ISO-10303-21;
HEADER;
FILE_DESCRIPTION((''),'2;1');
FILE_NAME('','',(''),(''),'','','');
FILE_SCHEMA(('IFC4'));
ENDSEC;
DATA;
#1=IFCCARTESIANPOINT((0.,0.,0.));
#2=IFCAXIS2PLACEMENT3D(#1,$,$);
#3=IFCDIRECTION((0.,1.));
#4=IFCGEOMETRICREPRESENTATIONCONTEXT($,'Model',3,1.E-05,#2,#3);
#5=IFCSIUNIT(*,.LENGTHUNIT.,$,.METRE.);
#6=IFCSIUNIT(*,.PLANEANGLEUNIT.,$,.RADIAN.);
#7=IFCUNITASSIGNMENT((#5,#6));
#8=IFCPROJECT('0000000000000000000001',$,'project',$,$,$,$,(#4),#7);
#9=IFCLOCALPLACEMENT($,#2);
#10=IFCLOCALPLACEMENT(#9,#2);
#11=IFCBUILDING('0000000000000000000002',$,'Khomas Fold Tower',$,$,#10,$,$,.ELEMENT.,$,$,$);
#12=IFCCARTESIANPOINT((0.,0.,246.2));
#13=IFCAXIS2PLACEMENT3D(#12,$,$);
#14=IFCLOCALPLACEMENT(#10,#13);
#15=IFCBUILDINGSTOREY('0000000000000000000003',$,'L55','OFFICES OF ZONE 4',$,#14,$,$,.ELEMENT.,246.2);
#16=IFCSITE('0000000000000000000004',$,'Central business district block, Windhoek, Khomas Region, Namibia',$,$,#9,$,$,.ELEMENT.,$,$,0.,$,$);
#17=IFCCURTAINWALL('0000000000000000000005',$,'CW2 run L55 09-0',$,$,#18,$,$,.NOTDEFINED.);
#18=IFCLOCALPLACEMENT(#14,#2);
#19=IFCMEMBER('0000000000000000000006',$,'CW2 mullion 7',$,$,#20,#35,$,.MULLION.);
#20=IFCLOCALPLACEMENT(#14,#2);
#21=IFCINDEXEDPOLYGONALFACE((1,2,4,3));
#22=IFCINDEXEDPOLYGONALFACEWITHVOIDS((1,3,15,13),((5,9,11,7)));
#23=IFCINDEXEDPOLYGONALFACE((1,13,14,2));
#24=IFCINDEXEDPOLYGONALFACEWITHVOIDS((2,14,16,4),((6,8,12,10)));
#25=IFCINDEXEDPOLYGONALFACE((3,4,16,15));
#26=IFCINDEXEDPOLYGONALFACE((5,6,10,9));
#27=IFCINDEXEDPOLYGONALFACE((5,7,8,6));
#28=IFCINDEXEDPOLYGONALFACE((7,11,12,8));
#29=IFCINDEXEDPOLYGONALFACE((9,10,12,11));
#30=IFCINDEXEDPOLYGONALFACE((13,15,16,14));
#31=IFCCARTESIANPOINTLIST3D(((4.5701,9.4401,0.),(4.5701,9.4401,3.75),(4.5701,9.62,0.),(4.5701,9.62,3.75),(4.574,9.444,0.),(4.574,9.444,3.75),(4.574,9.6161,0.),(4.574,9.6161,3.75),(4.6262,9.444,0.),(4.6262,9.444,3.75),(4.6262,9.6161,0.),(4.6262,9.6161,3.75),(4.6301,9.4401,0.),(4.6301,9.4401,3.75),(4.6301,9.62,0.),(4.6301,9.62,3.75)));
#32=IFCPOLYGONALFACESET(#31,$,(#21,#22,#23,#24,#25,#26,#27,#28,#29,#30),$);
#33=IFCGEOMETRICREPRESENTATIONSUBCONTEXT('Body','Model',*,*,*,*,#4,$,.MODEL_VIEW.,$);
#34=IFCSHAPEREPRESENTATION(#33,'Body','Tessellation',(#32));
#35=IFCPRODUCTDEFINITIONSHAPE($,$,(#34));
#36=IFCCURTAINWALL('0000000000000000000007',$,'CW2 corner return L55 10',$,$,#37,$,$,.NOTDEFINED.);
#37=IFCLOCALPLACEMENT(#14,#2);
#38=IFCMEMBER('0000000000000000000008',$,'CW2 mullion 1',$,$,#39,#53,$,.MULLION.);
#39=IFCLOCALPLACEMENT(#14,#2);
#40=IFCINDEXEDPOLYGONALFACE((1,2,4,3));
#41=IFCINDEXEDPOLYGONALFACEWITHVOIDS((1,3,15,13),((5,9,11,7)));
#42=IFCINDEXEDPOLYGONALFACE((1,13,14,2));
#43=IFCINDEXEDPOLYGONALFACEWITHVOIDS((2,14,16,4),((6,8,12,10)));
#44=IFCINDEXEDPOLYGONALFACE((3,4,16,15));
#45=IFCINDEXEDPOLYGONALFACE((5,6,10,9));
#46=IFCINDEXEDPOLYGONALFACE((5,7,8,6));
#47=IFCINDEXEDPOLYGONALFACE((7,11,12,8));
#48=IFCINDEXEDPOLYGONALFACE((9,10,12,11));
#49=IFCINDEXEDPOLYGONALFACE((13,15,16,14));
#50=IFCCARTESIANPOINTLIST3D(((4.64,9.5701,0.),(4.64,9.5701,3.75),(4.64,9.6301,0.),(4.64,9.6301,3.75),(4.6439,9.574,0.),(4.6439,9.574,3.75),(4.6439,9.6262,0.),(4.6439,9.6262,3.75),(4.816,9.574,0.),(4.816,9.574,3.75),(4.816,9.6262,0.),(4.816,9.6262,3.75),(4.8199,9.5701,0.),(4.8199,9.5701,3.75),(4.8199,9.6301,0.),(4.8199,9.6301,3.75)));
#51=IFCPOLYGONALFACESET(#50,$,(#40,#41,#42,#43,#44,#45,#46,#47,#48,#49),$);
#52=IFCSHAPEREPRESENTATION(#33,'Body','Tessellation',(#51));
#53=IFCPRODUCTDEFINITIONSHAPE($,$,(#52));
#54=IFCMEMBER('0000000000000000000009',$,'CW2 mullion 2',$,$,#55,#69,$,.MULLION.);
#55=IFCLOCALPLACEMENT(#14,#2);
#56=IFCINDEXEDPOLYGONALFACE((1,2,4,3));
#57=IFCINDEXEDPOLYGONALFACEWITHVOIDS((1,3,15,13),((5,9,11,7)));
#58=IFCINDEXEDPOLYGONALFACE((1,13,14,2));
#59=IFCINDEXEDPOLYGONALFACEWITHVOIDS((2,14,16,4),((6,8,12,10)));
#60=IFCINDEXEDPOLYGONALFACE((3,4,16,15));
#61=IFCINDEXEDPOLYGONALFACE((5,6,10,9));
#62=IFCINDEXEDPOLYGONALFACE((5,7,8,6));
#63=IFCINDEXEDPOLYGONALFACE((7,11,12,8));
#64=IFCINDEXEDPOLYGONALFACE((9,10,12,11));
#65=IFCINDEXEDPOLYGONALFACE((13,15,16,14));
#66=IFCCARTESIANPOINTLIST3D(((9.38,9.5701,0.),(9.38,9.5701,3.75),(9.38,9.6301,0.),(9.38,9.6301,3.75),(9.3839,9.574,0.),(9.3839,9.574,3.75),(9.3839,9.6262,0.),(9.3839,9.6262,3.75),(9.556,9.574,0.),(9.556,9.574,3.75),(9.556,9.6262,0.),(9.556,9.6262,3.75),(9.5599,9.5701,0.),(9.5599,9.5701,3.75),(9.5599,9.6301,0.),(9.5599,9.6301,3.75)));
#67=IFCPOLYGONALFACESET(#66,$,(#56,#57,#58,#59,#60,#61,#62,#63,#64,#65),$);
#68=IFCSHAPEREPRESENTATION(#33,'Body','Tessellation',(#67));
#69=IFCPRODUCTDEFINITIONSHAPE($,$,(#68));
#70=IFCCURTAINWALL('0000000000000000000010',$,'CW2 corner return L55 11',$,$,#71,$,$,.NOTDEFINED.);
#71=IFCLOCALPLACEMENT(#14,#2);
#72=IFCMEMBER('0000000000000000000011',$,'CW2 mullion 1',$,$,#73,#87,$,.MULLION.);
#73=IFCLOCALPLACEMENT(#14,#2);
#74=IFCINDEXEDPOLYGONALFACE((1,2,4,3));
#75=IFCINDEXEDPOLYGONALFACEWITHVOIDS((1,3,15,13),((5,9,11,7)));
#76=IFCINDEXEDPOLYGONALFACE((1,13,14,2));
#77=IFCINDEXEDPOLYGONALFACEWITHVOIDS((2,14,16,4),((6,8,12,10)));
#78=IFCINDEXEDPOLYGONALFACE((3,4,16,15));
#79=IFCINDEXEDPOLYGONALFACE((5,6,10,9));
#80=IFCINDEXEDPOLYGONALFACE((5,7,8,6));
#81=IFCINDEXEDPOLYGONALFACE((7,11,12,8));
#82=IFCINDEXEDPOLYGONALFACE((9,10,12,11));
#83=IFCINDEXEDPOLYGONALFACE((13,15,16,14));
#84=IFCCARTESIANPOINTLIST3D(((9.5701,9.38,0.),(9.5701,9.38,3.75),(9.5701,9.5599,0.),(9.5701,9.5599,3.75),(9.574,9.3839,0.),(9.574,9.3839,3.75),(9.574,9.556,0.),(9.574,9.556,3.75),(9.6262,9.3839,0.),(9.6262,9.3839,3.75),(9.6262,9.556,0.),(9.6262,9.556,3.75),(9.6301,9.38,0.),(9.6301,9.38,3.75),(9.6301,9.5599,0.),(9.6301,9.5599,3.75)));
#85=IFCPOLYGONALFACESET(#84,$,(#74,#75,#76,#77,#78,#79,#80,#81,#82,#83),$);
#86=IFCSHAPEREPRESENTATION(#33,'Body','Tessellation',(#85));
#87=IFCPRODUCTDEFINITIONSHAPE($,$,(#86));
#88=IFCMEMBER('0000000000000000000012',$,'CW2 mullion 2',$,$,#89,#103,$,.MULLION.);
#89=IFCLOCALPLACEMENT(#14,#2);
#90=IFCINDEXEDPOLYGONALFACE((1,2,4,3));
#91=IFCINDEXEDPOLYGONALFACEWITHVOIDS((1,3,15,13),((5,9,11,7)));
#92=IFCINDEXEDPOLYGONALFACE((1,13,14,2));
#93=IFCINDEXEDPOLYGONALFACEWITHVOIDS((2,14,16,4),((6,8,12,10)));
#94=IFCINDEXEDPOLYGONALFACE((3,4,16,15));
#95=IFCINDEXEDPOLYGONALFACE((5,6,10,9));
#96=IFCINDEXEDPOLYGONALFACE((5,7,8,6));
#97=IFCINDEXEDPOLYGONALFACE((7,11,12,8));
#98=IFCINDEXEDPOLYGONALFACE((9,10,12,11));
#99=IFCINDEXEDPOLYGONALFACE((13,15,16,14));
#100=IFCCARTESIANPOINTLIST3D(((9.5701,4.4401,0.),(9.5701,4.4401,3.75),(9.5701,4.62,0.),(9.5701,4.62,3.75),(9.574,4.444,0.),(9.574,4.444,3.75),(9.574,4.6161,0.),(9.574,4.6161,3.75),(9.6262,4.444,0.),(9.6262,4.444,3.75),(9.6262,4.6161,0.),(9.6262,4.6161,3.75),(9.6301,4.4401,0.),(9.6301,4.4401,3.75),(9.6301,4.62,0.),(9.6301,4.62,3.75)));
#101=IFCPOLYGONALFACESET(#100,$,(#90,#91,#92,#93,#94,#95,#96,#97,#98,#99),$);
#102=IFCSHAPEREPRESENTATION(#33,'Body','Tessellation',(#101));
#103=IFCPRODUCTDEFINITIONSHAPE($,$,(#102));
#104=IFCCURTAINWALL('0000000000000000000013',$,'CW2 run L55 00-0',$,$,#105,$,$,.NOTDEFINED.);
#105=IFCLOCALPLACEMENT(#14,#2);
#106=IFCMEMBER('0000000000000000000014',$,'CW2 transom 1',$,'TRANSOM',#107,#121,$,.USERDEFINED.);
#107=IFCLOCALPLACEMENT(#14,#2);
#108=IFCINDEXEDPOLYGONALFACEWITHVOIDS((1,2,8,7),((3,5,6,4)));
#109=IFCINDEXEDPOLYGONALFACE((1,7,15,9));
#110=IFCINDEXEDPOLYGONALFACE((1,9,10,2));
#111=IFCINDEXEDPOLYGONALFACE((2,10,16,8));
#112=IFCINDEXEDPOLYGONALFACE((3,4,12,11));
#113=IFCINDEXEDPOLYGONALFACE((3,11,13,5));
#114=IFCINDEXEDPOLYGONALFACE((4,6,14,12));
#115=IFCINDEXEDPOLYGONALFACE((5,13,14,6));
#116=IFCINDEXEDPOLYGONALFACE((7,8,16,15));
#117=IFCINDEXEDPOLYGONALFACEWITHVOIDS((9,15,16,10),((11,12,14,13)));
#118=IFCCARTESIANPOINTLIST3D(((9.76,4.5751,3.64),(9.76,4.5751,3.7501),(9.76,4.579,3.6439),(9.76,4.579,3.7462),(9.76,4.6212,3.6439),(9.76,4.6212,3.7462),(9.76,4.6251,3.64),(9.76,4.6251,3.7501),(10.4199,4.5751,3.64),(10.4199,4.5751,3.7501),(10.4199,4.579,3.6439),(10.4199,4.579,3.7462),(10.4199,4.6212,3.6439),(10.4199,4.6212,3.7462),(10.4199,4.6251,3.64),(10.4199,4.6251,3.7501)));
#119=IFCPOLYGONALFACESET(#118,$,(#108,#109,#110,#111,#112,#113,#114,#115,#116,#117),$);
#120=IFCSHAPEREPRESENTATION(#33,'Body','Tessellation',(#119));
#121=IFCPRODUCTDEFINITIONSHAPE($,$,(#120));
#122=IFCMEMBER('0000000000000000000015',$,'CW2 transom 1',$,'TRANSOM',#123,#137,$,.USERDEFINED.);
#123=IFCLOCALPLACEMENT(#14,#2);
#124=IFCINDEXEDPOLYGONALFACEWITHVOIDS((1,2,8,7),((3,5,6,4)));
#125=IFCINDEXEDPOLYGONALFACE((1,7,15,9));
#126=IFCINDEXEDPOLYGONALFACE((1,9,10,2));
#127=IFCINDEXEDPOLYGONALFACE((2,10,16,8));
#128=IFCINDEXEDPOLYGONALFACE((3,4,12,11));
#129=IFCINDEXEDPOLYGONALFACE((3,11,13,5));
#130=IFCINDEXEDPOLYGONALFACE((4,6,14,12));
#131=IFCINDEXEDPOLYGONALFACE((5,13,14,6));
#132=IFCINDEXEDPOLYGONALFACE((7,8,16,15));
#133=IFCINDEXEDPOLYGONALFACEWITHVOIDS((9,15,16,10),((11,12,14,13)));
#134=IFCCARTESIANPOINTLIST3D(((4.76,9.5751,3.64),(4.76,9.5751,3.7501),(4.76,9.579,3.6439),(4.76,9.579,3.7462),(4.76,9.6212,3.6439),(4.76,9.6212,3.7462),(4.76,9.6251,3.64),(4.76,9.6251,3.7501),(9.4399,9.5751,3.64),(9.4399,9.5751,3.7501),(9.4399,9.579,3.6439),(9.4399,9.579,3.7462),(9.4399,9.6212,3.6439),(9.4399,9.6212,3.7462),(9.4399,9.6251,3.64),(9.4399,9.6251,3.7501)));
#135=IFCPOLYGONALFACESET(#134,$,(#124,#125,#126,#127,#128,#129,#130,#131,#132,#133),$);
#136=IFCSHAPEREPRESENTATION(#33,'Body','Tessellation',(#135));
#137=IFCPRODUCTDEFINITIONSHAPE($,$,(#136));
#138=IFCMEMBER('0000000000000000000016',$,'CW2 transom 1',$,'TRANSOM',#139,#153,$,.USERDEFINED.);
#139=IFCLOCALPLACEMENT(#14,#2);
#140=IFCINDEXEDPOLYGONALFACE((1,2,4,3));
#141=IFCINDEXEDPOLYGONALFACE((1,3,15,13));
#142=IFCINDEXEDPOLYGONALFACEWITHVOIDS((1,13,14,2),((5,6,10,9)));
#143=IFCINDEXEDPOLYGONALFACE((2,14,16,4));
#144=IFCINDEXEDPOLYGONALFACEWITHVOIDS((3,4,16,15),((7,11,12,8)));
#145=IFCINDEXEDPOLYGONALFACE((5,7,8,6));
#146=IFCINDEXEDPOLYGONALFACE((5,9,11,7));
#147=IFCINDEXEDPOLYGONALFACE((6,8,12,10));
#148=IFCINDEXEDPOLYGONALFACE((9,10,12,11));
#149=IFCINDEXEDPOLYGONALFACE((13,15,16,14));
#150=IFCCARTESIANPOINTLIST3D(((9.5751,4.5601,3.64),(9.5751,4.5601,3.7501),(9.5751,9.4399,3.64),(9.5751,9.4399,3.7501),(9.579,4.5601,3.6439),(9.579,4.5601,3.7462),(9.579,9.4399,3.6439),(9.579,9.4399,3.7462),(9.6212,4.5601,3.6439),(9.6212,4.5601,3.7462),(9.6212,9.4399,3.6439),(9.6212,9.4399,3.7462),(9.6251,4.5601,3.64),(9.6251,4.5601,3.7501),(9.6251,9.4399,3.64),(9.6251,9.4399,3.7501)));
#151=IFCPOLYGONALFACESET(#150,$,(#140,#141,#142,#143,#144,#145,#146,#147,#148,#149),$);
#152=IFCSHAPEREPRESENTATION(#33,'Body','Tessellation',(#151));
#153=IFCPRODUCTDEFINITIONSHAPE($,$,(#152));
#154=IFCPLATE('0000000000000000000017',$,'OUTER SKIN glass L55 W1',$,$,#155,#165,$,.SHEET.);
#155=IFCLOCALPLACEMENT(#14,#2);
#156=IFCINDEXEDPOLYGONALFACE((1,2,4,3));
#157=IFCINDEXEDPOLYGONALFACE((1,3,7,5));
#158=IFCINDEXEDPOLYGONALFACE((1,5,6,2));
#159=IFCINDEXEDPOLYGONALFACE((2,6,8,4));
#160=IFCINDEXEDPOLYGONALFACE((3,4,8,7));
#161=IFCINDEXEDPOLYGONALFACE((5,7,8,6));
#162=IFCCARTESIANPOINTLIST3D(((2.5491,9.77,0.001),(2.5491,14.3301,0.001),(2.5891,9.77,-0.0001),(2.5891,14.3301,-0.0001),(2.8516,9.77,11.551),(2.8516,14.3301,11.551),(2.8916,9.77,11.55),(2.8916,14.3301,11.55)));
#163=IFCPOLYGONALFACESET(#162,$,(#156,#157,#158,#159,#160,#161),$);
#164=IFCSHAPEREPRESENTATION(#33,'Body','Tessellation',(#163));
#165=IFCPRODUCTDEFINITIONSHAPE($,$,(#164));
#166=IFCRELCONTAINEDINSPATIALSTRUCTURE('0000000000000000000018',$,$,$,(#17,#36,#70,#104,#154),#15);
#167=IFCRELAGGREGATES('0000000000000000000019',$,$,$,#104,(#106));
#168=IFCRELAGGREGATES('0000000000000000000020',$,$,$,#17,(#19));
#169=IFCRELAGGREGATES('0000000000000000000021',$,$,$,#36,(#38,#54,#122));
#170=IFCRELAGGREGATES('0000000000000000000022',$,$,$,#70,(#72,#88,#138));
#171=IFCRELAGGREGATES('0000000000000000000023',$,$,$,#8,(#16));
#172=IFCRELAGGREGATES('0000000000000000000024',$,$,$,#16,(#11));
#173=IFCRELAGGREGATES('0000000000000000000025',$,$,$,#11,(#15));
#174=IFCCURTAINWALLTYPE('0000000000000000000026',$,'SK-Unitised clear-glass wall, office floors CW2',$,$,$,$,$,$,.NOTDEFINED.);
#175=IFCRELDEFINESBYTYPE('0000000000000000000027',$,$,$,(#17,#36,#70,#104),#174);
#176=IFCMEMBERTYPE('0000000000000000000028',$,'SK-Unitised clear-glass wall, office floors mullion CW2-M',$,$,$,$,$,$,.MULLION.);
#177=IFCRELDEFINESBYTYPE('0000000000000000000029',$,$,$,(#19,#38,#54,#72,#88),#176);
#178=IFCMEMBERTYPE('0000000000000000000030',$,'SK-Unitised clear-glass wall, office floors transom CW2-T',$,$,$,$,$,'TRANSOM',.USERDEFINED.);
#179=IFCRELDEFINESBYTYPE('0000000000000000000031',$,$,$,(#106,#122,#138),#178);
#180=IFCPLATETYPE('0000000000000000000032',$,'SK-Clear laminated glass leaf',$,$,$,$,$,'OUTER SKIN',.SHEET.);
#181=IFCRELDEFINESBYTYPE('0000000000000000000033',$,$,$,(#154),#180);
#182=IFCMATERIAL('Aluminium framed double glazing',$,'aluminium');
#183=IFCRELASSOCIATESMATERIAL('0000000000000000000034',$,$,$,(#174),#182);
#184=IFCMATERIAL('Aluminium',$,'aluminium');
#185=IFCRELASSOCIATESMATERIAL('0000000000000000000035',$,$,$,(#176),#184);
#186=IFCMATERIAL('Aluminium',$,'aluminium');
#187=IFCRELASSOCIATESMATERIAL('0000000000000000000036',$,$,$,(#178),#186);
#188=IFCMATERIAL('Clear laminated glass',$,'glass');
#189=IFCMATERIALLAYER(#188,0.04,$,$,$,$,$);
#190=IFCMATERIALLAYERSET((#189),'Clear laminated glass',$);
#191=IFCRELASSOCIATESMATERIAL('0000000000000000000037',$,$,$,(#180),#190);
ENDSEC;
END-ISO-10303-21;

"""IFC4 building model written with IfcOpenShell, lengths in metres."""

from ifc_helpers import new_model, si_unit, direction, frame, origin, origin_2d, place, context, subcontext, project, spatial, polyline, hollow_rectangle, outline, extrude, source, transform, mapped, material, layer, layer_set, material_profile, profile_set, type_object, element, aggregate, save


model = new_model("IFC4")

# Units and contexts
model_context = context("Model", 3, precision=1e-05, world=origin(), true_north=direction((0.0, 1.0)))
body_context = subcontext(model_context, "Body", "Model", "MODEL_VIEW")
ifc_project = project(units=[si_unit("LENGTHUNIT", "METRE"), si_unit("PLANEANGLEUNIT", "RADIAN")], contexts=[model_context])

# Site, building, storey
site_placement = place(None, origin())
site = spatial("IfcSite", under=ifc_project, at=site_placement, Name="Central business district block, Windhoek, Khomas Region, Namibia", CompositionType="ELEMENT", RefElevation=0.0)
building_placement = place(site_placement, origin())
building = spatial("IfcBuilding", under=site, at=building_placement, Name="Khomas Fold Tower", CompositionType="ELEMENT")
storey_placement = place(building_placement, frame((0.0, 0.0, 246.2)))
storey = spatial("IfcBuildingStorey", under=building, at=storey_placement, Name="L55", Description="OFFICES OF ZONE 4", CompositionType="ELEMENT", Elevation=246.2)

# Curtain wall, member
ifc_material_1 = material(Name="Aluminium framed double glazing", Category="aluminium")
curtain_wall_type = type_object("IfcCurtainWallType", Name="SK-Unitised clear-glass wall, office floors CW2", PredefinedType="NOTDEFINED", material=ifc_material_1)
curtain_wall_1_placement = place(storey_placement, origin())
curtain_wall_1 = element("IfcCurtainWall", 1, at=curtain_wall_1_placement, inside=storey, type_object=curtain_wall_type, Name="CW2 run L55 09-0", PredefinedType="NOTDEFINED")
ifc_material_2 = material(Name="Aluminium", Category="aluminium")
ifc_material_profile_1 = material_profile(ifc_material_2, hollow_rectangle(XDim=0.0601, YDim=0.1799, WallThickness=0.0039, at=origin_2d()), Name="SK-Unitised clear-glass wall, office floors mullion CW2-M")
ifc_profile_set_1 = profile_set([ifc_material_profile_1], Name="Aluminium")
member_type_1 = type_object("IfcMemberType", Name="SK-Unitised clear-glass wall, office floors mullion CW2-M", PredefinedType="MULLION", material=ifc_profile_set_1)
shared_shape_1 = source(origin(), body_context, "Body", "SweptSolid", [
    extrude(hollow_rectangle(XDim=0.0601, YDim=0.1799, WallThickness=0.0039, at=origin_2d()), origin(), (0.0, 0.0, 1.0), 3.75),
])
member_1_placement = place(storey_placement, frame((4.6001, 9.53, 0.0), z_axis=(0.0, 0.0, 1.0), x_axis=(1.0, 0.0, 0.0)))
member_1 = element("IfcMember", 2, at=member_1_placement, type_object=member_type_1, Name="CW2 mullion 7", PredefinedType="MULLION", context=body_context, shape_type="MappedRepresentation", body=[
    mapped(shared_shape_1, transform((0.0, 0.0, 0.0))),
])

# Curtain walls, members
curtain_wall_2_placement = place(storey_placement, origin())
curtain_wall_2 = element("IfcCurtainWall", 3, at=curtain_wall_2_placement, inside=storey, type_object=curtain_wall_type, Name="CW2 corner return L55 10", PredefinedType="NOTDEFINED")
member_2_placement = place(storey_placement, frame((4.73, 9.6001, 0.0), z_axis=(0.0, 0.0, 1.0), x_axis=(0.0, 1.0, 0.0)))
member_2 = element("IfcMember", 4, at=member_2_placement, type_object=member_type_1, Name="CW2 mullion 1", PredefinedType="MULLION", context=body_context, shape_type="MappedRepresentation", body=[
    mapped(shared_shape_1, transform((0.0, 0.0, 0.0))),
])
member_3_placement = place(storey_placement, frame((9.47, 9.6001, 0.0), z_axis=(0.0, 0.0, 1.0), x_axis=(0.0, 1.0, 0.0)))
member_3 = element("IfcMember", 5, at=member_3_placement, type_object=member_type_1, Name="CW2 mullion 2", PredefinedType="MULLION", context=body_context, shape_type="MappedRepresentation", body=[
    mapped(shared_shape_1, transform((0.0, 0.0, 0.0))),
])
curtain_wall_3_placement = place(storey_placement, origin())
curtain_wall_3 = element("IfcCurtainWall", 6, at=curtain_wall_3_placement, inside=storey, type_object=curtain_wall_type, Name="CW2 corner return L55 11", PredefinedType="NOTDEFINED")
member_4_placement = place(storey_placement, frame((9.6001, 9.47, 0.0), z_axis=(0.0, 0.0, 1.0), x_axis=(1.0, 0.0, 0.0)))
member_4 = element("IfcMember", 7, at=member_4_placement, type_object=member_type_1, Name="CW2 mullion 1", PredefinedType="MULLION", context=body_context, shape_type="MappedRepresentation", body=[
    mapped(shared_shape_1, transform((0.0, 0.0, 0.0))),
])
member_5_placement = place(storey_placement, frame((9.6001, 4.53, 0.0), z_axis=(0.0, 0.0, 1.0), x_axis=(1.0, 0.0, 0.0)))
member_5 = element("IfcMember", 8, at=member_5_placement, type_object=member_type_1, Name="CW2 mullion 2", PredefinedType="MULLION", context=body_context, shape_type="MappedRepresentation", body=[
    mapped(shared_shape_1, transform((0.0, 0.0, 0.0))),
])

# Curtain wall, member
curtain_wall_4_placement = place(storey_placement, origin())
curtain_wall_4 = element("IfcCurtainWall", 9, at=curtain_wall_4_placement, inside=storey, type_object=curtain_wall_type, Name="CW2 run L55 00-0", PredefinedType="NOTDEFINED")
ifc_material_3 = material(Name="Aluminium", Category="aluminium")
ifc_material_profile_2 = material_profile(ifc_material_3, hollow_rectangle(XDim=0.05, YDim=0.1101, WallThickness=0.0039, at=origin_2d()), Name="SK-Unitised clear-glass wall, office floors transom CW2-T")
ifc_profile_set_2 = profile_set([ifc_material_profile_2], Name="Aluminium")
member_type_2 = type_object("IfcMemberType", Name="SK-Unitised clear-glass wall, office floors transom CW2-T", ElementType="TRANSOM", PredefinedType="USERDEFINED", material=ifc_profile_set_2)
shared_shape_2 = source(origin(), body_context, "Body", "SweptSolid", [
    extrude(hollow_rectangle(XDim=0.05, YDim=0.1101, WallThickness=0.0039, at=origin_2d()), origin(), (0.0, 0.0, 1.0), 0.6599),
])
member_6_placement = place(storey_placement, frame((9.76, 4.6001, 3.6951), z_axis=(1.0, 0.0, 0.0), x_axis=(0.0, 1.0, 0.0)))
member_6 = element("IfcMember", 10, at=member_6_placement, type_object=member_type_2, Name="CW2 transom 1", ObjectType="TRANSOM", PredefinedType="USERDEFINED", context=body_context, shape_type="MappedRepresentation", body=[
    mapped(shared_shape_2, transform((0.0, 0.0, 0.0))),
])

# Members
shared_shape_3 = source(origin(), body_context, "Body", "SweptSolid", [
    extrude(hollow_rectangle(XDim=0.05, YDim=0.1101, WallThickness=0.0039, at=origin_2d()), origin(), (0.0, 0.0, 1.0), 4.6799),
])
member_7_placement = place(storey_placement, frame((4.76, 9.6001, 3.6951), z_axis=(1.0, 0.0, 0.0), x_axis=(0.0, 1.0, 0.0)))
member_7 = element("IfcMember", 11, at=member_7_placement, type_object=member_type_2, Name="CW2 transom 1", ObjectType="TRANSOM", PredefinedType="USERDEFINED", context=body_context, shape_type="MappedRepresentation", body=[
    mapped(shared_shape_3, transform((0.0, 0.0, 0.0))),
])
shared_shape_4 = source(origin(), body_context, "Body", "SweptSolid", [
    extrude(hollow_rectangle(XDim=0.05, YDim=0.1101, WallThickness=0.0039, at=origin_2d()), origin(), (0.0, 0.0, 1.0), 4.8799),
])
member_8_placement = place(storey_placement, frame((9.6001, 9.4399, 3.6951), z_axis=(0.0, -1.0, 0.0), x_axis=(1.0, 0.0, 0.0)))
member_8 = element("IfcMember", 12, at=member_8_placement, type_object=member_type_2, Name="CW2 transom 1", ObjectType="TRANSOM", PredefinedType="USERDEFINED", context=body_context, shape_type="MappedRepresentation", body=[
    mapped(shared_shape_4, transform((0.0, 0.0, 0.0))),
])

# Plate
ifc_material_4 = material(Name="Clear laminated glass", Category="glass")
ifc_layer_1 = layer(ifc_material_4, 0.04)
ifc_layer_set_1 = layer_set([ifc_layer_1], Name="Clear laminated glass")
plate_type_1 = type_object("IfcPlateType", Name="SK-Clear laminated glass leaf", ElementType="OUTER SKIN", PredefinedType="SHEET", material=ifc_layer_set_1)
plate_1_placement = place(storey_placement, frame((2.5491, 9.77, 0.001), z_axis=(-0.999657, 0.0, 0.026181), x_axis=(0.0, 1.0, 0.0)))
element("IfcPlate", 13, at=plate_1_placement, inside=storey, type_object=plate_type_1, Name="OUTER SKIN glass L55 W1", PredefinedType="SHEET", context=body_context, shape_type="SweptSolid", body=[
    extrude(outline(polyline([(0.0, 0.0), (4.5601, 0.0), (4.5601, -11.554), (0.0, -11.554), (0.0, 0.0)])), origin(), (0.0, 0.0, -1.0), 0.04),
])

aggregate(curtain_wall_4, [member_6])
aggregate(curtain_wall_1, [member_1])
aggregate(curtain_wall_2, [member_2, member_3, member_7])
aggregate(curtain_wall_3, [member_4, member_5, member_8])

save(model, "model.ifc")
